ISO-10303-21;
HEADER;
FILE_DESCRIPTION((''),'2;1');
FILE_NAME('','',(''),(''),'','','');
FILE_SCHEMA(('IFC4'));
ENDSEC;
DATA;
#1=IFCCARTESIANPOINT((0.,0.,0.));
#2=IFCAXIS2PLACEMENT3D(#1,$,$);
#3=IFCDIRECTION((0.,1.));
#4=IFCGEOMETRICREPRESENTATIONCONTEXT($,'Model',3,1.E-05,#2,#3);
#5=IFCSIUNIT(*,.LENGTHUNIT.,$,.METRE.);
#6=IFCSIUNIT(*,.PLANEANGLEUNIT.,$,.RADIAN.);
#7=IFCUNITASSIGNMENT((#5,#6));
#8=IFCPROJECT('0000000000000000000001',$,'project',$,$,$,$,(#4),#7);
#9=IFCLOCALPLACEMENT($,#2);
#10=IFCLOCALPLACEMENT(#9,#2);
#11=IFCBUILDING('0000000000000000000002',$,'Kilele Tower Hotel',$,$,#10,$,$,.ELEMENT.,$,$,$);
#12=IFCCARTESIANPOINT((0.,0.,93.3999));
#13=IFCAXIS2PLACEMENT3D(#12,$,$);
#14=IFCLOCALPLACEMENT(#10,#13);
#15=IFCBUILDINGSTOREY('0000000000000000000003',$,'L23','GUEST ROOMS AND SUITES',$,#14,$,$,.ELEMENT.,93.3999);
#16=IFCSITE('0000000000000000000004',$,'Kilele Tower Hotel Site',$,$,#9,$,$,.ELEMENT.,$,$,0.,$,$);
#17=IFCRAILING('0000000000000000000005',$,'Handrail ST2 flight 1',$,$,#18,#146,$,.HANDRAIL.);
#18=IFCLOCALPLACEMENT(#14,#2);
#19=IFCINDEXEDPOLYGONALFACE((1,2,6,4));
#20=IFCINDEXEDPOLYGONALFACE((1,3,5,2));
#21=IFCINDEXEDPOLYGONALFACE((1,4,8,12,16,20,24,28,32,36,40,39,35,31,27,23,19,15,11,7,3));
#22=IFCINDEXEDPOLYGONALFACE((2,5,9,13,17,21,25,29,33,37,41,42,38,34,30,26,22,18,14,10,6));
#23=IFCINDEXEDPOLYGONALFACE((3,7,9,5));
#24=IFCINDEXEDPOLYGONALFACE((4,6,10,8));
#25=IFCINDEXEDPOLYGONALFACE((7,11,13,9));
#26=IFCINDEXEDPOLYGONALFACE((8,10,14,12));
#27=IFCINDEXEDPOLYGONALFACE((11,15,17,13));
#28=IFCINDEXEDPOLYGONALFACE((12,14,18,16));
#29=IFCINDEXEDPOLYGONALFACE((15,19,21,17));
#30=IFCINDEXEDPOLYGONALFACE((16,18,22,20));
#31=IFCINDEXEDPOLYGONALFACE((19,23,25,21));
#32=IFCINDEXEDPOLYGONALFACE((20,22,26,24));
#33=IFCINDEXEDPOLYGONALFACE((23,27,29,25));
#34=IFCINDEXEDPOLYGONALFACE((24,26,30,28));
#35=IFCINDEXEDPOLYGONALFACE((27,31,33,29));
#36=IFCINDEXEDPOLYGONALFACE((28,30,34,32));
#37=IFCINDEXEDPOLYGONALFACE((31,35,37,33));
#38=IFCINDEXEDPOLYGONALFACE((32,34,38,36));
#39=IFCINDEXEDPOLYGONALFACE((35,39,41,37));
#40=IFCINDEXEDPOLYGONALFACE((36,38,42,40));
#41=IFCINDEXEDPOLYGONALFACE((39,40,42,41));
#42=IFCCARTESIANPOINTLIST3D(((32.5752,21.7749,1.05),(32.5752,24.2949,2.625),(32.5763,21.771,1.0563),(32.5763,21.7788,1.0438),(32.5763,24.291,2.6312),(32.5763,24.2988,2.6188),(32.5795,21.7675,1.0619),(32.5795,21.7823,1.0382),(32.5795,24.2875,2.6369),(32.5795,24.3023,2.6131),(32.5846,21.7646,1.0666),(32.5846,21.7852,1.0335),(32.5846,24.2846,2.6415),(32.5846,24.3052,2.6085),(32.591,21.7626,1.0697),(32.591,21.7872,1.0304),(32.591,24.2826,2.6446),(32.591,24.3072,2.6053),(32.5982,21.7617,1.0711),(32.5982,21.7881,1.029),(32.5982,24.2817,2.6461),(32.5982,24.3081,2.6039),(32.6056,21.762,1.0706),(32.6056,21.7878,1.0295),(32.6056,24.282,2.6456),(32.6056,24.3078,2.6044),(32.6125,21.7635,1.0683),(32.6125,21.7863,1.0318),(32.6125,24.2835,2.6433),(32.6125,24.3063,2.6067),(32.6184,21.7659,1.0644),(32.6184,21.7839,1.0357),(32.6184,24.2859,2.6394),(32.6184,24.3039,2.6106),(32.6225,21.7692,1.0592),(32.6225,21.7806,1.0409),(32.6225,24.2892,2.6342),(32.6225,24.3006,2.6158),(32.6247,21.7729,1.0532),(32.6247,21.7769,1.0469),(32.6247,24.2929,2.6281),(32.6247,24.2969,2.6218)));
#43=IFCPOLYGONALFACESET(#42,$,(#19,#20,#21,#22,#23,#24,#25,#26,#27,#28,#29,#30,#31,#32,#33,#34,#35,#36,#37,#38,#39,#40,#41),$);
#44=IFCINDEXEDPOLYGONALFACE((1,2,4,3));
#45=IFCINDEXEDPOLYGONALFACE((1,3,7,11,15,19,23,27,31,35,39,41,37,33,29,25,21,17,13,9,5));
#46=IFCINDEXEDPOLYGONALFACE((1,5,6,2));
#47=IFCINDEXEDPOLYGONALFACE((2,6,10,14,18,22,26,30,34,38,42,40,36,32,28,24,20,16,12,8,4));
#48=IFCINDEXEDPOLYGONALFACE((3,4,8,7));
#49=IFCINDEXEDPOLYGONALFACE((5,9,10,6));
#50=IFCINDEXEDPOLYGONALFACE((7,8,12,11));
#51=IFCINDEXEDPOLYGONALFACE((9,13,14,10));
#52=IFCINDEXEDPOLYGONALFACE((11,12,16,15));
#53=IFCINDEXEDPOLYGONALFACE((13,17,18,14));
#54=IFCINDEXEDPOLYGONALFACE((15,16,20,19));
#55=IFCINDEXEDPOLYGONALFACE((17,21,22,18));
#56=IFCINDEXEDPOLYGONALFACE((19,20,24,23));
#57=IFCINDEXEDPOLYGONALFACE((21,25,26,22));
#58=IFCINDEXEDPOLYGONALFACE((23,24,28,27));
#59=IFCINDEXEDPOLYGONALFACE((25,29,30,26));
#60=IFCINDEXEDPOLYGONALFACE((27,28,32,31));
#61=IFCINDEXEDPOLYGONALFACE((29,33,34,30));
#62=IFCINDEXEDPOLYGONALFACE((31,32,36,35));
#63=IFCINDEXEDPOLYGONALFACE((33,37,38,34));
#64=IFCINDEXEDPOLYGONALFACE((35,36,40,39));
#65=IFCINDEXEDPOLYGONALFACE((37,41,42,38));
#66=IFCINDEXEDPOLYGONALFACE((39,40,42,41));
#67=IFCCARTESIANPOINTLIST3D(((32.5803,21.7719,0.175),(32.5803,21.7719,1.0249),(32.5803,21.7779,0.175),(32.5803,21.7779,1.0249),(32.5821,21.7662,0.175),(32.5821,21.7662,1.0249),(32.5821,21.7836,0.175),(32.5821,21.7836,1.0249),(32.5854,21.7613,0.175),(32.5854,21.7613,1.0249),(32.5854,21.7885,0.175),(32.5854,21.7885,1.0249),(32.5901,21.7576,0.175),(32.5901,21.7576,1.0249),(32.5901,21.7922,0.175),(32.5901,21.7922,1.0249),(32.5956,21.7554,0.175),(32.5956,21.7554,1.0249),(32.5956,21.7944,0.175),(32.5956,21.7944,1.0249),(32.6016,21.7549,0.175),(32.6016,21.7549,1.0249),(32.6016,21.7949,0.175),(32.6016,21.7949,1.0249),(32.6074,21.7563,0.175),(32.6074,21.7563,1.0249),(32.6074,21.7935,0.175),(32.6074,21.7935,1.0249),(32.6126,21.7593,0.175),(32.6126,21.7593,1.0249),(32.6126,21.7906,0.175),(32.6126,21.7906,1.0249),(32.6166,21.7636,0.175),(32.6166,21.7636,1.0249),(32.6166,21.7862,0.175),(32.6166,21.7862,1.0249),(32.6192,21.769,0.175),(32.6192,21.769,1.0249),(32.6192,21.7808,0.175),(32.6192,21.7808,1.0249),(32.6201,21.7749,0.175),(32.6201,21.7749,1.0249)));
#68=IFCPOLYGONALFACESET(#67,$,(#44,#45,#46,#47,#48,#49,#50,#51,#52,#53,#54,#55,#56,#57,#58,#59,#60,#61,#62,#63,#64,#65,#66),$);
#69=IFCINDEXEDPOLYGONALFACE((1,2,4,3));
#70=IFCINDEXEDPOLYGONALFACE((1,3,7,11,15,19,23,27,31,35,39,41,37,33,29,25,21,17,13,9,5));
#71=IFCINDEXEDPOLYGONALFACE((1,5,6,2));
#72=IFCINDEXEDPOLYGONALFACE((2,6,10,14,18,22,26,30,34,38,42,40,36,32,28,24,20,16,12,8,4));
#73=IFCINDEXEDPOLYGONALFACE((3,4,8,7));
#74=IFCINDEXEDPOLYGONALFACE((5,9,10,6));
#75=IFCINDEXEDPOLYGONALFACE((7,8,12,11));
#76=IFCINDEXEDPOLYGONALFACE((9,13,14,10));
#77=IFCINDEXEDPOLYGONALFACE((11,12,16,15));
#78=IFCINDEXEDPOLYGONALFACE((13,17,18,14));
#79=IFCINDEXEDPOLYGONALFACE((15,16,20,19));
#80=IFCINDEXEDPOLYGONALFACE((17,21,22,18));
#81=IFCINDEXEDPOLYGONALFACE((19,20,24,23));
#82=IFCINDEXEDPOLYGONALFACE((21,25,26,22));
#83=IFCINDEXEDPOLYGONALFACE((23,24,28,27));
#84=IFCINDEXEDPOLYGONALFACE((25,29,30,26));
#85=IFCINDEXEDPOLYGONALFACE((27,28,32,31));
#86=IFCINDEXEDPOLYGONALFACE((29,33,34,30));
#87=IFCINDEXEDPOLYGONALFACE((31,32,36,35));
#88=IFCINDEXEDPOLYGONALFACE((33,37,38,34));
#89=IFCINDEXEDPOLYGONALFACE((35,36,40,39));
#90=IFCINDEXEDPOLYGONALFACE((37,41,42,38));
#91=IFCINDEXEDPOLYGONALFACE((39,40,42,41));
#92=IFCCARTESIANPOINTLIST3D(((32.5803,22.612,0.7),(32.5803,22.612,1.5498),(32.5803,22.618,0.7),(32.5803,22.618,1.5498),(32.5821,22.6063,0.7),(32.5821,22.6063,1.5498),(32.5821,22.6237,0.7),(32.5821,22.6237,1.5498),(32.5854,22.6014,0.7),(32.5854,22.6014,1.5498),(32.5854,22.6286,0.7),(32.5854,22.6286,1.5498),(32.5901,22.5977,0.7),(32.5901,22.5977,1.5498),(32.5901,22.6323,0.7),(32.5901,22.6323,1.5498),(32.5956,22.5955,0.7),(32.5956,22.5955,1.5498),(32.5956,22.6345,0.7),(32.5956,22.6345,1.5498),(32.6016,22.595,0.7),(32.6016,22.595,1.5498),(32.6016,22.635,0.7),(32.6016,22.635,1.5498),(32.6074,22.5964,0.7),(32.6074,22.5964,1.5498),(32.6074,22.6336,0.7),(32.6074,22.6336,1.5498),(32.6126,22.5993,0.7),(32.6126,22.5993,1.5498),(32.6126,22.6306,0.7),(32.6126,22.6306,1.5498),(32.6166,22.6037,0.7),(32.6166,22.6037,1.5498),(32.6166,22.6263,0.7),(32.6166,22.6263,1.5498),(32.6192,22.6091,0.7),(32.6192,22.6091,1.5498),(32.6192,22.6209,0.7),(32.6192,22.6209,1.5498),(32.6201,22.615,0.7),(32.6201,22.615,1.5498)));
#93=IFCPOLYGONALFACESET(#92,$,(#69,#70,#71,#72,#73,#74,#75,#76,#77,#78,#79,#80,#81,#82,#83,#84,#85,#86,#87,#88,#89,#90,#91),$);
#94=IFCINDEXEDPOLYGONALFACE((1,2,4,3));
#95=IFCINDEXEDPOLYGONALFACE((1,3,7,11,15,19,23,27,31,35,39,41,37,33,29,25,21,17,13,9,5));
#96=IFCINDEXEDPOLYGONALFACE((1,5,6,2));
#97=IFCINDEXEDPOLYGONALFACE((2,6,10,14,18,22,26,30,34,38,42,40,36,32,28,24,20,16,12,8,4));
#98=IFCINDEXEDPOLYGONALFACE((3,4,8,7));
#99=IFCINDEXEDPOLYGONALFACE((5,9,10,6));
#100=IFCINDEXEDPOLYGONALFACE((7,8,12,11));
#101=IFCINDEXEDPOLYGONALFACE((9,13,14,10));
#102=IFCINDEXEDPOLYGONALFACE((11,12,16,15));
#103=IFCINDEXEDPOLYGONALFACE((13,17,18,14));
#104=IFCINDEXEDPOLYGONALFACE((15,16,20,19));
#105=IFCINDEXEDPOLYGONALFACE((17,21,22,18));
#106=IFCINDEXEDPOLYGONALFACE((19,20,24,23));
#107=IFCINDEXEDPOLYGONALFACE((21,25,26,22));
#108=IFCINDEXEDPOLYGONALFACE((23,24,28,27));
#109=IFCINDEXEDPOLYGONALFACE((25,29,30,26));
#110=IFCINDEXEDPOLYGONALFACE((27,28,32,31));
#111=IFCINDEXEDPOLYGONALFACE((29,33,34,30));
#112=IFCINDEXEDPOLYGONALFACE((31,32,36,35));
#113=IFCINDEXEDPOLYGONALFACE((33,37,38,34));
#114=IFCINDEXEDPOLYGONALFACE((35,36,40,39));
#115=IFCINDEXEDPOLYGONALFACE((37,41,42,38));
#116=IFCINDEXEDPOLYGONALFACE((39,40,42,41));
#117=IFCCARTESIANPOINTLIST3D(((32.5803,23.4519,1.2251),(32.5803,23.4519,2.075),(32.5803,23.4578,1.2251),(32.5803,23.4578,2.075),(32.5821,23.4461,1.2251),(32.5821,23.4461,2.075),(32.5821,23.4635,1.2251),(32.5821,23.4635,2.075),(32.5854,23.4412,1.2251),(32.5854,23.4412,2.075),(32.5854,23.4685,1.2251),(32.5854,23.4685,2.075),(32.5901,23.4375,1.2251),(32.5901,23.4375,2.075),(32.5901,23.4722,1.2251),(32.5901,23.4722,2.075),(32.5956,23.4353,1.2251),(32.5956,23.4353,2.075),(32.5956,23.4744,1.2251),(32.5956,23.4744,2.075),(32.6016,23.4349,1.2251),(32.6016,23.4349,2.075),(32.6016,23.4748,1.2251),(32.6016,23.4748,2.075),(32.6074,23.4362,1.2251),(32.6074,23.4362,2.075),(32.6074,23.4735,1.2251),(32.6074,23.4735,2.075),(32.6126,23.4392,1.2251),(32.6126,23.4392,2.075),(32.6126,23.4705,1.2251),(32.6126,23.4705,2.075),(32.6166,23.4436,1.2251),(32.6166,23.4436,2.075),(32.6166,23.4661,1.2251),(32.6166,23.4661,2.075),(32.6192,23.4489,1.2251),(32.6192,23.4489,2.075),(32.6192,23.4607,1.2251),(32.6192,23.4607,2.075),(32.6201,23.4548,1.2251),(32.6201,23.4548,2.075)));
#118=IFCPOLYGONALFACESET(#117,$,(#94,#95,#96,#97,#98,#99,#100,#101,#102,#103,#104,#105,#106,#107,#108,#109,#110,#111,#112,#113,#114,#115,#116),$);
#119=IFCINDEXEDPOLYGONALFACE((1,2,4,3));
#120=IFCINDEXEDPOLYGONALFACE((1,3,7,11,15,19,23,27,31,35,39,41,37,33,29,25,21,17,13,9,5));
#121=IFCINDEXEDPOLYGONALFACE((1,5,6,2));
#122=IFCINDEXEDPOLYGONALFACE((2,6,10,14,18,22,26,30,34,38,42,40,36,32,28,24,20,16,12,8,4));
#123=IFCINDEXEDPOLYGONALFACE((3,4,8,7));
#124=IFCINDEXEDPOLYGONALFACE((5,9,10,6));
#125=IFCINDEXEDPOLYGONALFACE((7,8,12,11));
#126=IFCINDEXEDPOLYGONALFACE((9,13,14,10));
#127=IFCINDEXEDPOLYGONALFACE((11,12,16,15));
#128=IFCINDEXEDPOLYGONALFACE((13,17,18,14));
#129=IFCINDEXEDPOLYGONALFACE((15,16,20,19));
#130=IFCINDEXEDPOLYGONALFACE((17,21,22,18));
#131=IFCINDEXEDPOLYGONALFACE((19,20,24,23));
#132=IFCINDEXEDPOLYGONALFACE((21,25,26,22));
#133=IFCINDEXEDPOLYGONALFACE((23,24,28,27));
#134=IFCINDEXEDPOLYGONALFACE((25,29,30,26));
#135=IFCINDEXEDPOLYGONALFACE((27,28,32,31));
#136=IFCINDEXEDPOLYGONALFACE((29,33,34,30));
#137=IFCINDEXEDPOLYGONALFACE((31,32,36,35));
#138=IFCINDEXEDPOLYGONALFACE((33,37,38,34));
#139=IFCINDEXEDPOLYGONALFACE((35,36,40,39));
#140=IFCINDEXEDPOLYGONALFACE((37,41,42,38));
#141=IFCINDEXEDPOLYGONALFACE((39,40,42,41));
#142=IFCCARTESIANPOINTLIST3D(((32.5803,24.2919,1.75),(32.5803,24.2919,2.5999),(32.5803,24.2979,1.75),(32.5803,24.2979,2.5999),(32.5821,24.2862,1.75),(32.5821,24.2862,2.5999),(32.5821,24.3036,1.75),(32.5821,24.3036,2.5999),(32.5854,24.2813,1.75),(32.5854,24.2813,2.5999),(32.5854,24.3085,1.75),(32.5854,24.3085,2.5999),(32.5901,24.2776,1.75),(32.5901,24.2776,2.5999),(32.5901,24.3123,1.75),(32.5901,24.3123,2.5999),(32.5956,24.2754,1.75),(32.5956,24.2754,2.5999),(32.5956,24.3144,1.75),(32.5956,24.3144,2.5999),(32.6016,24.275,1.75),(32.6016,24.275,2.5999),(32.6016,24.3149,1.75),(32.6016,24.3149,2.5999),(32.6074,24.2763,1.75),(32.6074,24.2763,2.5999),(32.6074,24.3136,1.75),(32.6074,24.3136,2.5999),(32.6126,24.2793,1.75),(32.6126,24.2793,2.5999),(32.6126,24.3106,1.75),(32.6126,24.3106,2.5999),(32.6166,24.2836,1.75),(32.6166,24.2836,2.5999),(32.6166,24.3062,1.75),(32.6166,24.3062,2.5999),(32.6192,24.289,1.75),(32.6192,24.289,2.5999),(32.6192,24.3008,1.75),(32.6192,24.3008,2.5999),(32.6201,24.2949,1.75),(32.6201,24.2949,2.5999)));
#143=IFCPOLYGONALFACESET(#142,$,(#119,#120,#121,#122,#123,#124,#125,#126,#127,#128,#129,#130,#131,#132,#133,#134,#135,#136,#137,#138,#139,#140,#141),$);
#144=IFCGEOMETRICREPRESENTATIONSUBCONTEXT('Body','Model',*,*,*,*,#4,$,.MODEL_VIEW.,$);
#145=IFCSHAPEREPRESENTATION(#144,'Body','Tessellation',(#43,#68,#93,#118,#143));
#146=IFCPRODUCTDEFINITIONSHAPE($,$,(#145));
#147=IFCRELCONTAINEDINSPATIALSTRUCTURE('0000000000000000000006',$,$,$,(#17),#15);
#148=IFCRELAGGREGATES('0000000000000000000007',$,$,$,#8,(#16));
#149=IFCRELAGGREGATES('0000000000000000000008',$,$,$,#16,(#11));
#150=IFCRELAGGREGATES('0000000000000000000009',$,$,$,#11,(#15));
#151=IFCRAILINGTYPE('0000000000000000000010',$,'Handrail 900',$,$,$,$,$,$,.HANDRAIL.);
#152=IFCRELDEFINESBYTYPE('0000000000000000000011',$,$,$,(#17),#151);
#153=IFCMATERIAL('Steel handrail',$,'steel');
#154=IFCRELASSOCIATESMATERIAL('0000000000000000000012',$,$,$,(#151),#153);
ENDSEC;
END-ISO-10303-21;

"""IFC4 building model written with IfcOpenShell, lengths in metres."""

from ifc_helpers import new_model, si_unit, direction, frame, origin, origin_2d, place, context, subcontext, project, spatial, circle, extrude, material, type_object, element, save


model = new_model("IFC4")

# Units and contexts
model_context = context("Model", 3, precision=1e-05, world=origin(), true_north=direction((0.0, 1.0)))
body_context = subcontext(model_context, "Body", "Model", "MODEL_VIEW")
ifc_project = project(units=[si_unit("LENGTHUNIT", "METRE"), si_unit("PLANEANGLEUNIT", "RADIAN")], contexts=[model_context])

# Site, building, storey
site_placement = place(None, origin())
site = spatial("IfcSite", under=ifc_project, at=site_placement, Name="Kilele Tower Hotel Site", CompositionType="ELEMENT", RefElevation=0.0)
building_placement = place(site_placement, origin())
building = spatial("IfcBuilding", under=site, at=building_placement, Name="Kilele Tower Hotel", CompositionType="ELEMENT")
storey_placement = place(building_placement, frame((0.0, 0.0, 93.3999)))
storey = spatial("IfcBuildingStorey", under=building, at=storey_placement, Name="L23", Description="GUEST ROOMS AND SUITES", CompositionType="ELEMENT", Elevation=93.3999)

# Railing
ifc_material_1 = material(Name="Steel handrail", Category="steel")
railing_type_1 = type_object("IfcRailingType", Name="Handrail 900", PredefinedType="HANDRAIL", material=ifc_material_1)
for number, where, name in (
    (1, (32.6001, 21.7749, 0.175), "Handrail ST2 flight 1"),
):
    element("IfcRailing", number, at=place(storey_placement, frame(where)), inside=storey, type_object=railing_type_1, Name=name, PredefinedType="HANDRAIL", context=body_context, shape_type="SweptSolid", body=[
        extrude(circle(Radius=0.0249, at=origin_2d()), frame((0.0, 0.0, 0.875), z_axis=(0.0, 0.848008, 0.529984), x_axis=(-1.0, 0.0, 0.0)), (0.0, 0.0, 1.0), 2.9717),
        extrude(circle(Radius=0.02, at=origin_2d()), origin(), (0.0, 0.0, 1.0), 0.8499),
        extrude(circle(Radius=0.02, at=origin_2d()), frame((0.0, 0.8401, 0.5249)), (0.0, 0.0, 1.0), 0.8499),
        extrude(circle(Radius=0.02, at=origin_2d()), frame((0.0, 1.6799, 1.05)), (0.0, 0.0, 1.0), 0.8499),
        extrude(circle(Radius=0.02, at=origin_2d()), frame((0.0, 2.52, 1.575)), (0.0, 0.0, 1.0), 0.8499),
    ])

save(model, "model.ifc")
